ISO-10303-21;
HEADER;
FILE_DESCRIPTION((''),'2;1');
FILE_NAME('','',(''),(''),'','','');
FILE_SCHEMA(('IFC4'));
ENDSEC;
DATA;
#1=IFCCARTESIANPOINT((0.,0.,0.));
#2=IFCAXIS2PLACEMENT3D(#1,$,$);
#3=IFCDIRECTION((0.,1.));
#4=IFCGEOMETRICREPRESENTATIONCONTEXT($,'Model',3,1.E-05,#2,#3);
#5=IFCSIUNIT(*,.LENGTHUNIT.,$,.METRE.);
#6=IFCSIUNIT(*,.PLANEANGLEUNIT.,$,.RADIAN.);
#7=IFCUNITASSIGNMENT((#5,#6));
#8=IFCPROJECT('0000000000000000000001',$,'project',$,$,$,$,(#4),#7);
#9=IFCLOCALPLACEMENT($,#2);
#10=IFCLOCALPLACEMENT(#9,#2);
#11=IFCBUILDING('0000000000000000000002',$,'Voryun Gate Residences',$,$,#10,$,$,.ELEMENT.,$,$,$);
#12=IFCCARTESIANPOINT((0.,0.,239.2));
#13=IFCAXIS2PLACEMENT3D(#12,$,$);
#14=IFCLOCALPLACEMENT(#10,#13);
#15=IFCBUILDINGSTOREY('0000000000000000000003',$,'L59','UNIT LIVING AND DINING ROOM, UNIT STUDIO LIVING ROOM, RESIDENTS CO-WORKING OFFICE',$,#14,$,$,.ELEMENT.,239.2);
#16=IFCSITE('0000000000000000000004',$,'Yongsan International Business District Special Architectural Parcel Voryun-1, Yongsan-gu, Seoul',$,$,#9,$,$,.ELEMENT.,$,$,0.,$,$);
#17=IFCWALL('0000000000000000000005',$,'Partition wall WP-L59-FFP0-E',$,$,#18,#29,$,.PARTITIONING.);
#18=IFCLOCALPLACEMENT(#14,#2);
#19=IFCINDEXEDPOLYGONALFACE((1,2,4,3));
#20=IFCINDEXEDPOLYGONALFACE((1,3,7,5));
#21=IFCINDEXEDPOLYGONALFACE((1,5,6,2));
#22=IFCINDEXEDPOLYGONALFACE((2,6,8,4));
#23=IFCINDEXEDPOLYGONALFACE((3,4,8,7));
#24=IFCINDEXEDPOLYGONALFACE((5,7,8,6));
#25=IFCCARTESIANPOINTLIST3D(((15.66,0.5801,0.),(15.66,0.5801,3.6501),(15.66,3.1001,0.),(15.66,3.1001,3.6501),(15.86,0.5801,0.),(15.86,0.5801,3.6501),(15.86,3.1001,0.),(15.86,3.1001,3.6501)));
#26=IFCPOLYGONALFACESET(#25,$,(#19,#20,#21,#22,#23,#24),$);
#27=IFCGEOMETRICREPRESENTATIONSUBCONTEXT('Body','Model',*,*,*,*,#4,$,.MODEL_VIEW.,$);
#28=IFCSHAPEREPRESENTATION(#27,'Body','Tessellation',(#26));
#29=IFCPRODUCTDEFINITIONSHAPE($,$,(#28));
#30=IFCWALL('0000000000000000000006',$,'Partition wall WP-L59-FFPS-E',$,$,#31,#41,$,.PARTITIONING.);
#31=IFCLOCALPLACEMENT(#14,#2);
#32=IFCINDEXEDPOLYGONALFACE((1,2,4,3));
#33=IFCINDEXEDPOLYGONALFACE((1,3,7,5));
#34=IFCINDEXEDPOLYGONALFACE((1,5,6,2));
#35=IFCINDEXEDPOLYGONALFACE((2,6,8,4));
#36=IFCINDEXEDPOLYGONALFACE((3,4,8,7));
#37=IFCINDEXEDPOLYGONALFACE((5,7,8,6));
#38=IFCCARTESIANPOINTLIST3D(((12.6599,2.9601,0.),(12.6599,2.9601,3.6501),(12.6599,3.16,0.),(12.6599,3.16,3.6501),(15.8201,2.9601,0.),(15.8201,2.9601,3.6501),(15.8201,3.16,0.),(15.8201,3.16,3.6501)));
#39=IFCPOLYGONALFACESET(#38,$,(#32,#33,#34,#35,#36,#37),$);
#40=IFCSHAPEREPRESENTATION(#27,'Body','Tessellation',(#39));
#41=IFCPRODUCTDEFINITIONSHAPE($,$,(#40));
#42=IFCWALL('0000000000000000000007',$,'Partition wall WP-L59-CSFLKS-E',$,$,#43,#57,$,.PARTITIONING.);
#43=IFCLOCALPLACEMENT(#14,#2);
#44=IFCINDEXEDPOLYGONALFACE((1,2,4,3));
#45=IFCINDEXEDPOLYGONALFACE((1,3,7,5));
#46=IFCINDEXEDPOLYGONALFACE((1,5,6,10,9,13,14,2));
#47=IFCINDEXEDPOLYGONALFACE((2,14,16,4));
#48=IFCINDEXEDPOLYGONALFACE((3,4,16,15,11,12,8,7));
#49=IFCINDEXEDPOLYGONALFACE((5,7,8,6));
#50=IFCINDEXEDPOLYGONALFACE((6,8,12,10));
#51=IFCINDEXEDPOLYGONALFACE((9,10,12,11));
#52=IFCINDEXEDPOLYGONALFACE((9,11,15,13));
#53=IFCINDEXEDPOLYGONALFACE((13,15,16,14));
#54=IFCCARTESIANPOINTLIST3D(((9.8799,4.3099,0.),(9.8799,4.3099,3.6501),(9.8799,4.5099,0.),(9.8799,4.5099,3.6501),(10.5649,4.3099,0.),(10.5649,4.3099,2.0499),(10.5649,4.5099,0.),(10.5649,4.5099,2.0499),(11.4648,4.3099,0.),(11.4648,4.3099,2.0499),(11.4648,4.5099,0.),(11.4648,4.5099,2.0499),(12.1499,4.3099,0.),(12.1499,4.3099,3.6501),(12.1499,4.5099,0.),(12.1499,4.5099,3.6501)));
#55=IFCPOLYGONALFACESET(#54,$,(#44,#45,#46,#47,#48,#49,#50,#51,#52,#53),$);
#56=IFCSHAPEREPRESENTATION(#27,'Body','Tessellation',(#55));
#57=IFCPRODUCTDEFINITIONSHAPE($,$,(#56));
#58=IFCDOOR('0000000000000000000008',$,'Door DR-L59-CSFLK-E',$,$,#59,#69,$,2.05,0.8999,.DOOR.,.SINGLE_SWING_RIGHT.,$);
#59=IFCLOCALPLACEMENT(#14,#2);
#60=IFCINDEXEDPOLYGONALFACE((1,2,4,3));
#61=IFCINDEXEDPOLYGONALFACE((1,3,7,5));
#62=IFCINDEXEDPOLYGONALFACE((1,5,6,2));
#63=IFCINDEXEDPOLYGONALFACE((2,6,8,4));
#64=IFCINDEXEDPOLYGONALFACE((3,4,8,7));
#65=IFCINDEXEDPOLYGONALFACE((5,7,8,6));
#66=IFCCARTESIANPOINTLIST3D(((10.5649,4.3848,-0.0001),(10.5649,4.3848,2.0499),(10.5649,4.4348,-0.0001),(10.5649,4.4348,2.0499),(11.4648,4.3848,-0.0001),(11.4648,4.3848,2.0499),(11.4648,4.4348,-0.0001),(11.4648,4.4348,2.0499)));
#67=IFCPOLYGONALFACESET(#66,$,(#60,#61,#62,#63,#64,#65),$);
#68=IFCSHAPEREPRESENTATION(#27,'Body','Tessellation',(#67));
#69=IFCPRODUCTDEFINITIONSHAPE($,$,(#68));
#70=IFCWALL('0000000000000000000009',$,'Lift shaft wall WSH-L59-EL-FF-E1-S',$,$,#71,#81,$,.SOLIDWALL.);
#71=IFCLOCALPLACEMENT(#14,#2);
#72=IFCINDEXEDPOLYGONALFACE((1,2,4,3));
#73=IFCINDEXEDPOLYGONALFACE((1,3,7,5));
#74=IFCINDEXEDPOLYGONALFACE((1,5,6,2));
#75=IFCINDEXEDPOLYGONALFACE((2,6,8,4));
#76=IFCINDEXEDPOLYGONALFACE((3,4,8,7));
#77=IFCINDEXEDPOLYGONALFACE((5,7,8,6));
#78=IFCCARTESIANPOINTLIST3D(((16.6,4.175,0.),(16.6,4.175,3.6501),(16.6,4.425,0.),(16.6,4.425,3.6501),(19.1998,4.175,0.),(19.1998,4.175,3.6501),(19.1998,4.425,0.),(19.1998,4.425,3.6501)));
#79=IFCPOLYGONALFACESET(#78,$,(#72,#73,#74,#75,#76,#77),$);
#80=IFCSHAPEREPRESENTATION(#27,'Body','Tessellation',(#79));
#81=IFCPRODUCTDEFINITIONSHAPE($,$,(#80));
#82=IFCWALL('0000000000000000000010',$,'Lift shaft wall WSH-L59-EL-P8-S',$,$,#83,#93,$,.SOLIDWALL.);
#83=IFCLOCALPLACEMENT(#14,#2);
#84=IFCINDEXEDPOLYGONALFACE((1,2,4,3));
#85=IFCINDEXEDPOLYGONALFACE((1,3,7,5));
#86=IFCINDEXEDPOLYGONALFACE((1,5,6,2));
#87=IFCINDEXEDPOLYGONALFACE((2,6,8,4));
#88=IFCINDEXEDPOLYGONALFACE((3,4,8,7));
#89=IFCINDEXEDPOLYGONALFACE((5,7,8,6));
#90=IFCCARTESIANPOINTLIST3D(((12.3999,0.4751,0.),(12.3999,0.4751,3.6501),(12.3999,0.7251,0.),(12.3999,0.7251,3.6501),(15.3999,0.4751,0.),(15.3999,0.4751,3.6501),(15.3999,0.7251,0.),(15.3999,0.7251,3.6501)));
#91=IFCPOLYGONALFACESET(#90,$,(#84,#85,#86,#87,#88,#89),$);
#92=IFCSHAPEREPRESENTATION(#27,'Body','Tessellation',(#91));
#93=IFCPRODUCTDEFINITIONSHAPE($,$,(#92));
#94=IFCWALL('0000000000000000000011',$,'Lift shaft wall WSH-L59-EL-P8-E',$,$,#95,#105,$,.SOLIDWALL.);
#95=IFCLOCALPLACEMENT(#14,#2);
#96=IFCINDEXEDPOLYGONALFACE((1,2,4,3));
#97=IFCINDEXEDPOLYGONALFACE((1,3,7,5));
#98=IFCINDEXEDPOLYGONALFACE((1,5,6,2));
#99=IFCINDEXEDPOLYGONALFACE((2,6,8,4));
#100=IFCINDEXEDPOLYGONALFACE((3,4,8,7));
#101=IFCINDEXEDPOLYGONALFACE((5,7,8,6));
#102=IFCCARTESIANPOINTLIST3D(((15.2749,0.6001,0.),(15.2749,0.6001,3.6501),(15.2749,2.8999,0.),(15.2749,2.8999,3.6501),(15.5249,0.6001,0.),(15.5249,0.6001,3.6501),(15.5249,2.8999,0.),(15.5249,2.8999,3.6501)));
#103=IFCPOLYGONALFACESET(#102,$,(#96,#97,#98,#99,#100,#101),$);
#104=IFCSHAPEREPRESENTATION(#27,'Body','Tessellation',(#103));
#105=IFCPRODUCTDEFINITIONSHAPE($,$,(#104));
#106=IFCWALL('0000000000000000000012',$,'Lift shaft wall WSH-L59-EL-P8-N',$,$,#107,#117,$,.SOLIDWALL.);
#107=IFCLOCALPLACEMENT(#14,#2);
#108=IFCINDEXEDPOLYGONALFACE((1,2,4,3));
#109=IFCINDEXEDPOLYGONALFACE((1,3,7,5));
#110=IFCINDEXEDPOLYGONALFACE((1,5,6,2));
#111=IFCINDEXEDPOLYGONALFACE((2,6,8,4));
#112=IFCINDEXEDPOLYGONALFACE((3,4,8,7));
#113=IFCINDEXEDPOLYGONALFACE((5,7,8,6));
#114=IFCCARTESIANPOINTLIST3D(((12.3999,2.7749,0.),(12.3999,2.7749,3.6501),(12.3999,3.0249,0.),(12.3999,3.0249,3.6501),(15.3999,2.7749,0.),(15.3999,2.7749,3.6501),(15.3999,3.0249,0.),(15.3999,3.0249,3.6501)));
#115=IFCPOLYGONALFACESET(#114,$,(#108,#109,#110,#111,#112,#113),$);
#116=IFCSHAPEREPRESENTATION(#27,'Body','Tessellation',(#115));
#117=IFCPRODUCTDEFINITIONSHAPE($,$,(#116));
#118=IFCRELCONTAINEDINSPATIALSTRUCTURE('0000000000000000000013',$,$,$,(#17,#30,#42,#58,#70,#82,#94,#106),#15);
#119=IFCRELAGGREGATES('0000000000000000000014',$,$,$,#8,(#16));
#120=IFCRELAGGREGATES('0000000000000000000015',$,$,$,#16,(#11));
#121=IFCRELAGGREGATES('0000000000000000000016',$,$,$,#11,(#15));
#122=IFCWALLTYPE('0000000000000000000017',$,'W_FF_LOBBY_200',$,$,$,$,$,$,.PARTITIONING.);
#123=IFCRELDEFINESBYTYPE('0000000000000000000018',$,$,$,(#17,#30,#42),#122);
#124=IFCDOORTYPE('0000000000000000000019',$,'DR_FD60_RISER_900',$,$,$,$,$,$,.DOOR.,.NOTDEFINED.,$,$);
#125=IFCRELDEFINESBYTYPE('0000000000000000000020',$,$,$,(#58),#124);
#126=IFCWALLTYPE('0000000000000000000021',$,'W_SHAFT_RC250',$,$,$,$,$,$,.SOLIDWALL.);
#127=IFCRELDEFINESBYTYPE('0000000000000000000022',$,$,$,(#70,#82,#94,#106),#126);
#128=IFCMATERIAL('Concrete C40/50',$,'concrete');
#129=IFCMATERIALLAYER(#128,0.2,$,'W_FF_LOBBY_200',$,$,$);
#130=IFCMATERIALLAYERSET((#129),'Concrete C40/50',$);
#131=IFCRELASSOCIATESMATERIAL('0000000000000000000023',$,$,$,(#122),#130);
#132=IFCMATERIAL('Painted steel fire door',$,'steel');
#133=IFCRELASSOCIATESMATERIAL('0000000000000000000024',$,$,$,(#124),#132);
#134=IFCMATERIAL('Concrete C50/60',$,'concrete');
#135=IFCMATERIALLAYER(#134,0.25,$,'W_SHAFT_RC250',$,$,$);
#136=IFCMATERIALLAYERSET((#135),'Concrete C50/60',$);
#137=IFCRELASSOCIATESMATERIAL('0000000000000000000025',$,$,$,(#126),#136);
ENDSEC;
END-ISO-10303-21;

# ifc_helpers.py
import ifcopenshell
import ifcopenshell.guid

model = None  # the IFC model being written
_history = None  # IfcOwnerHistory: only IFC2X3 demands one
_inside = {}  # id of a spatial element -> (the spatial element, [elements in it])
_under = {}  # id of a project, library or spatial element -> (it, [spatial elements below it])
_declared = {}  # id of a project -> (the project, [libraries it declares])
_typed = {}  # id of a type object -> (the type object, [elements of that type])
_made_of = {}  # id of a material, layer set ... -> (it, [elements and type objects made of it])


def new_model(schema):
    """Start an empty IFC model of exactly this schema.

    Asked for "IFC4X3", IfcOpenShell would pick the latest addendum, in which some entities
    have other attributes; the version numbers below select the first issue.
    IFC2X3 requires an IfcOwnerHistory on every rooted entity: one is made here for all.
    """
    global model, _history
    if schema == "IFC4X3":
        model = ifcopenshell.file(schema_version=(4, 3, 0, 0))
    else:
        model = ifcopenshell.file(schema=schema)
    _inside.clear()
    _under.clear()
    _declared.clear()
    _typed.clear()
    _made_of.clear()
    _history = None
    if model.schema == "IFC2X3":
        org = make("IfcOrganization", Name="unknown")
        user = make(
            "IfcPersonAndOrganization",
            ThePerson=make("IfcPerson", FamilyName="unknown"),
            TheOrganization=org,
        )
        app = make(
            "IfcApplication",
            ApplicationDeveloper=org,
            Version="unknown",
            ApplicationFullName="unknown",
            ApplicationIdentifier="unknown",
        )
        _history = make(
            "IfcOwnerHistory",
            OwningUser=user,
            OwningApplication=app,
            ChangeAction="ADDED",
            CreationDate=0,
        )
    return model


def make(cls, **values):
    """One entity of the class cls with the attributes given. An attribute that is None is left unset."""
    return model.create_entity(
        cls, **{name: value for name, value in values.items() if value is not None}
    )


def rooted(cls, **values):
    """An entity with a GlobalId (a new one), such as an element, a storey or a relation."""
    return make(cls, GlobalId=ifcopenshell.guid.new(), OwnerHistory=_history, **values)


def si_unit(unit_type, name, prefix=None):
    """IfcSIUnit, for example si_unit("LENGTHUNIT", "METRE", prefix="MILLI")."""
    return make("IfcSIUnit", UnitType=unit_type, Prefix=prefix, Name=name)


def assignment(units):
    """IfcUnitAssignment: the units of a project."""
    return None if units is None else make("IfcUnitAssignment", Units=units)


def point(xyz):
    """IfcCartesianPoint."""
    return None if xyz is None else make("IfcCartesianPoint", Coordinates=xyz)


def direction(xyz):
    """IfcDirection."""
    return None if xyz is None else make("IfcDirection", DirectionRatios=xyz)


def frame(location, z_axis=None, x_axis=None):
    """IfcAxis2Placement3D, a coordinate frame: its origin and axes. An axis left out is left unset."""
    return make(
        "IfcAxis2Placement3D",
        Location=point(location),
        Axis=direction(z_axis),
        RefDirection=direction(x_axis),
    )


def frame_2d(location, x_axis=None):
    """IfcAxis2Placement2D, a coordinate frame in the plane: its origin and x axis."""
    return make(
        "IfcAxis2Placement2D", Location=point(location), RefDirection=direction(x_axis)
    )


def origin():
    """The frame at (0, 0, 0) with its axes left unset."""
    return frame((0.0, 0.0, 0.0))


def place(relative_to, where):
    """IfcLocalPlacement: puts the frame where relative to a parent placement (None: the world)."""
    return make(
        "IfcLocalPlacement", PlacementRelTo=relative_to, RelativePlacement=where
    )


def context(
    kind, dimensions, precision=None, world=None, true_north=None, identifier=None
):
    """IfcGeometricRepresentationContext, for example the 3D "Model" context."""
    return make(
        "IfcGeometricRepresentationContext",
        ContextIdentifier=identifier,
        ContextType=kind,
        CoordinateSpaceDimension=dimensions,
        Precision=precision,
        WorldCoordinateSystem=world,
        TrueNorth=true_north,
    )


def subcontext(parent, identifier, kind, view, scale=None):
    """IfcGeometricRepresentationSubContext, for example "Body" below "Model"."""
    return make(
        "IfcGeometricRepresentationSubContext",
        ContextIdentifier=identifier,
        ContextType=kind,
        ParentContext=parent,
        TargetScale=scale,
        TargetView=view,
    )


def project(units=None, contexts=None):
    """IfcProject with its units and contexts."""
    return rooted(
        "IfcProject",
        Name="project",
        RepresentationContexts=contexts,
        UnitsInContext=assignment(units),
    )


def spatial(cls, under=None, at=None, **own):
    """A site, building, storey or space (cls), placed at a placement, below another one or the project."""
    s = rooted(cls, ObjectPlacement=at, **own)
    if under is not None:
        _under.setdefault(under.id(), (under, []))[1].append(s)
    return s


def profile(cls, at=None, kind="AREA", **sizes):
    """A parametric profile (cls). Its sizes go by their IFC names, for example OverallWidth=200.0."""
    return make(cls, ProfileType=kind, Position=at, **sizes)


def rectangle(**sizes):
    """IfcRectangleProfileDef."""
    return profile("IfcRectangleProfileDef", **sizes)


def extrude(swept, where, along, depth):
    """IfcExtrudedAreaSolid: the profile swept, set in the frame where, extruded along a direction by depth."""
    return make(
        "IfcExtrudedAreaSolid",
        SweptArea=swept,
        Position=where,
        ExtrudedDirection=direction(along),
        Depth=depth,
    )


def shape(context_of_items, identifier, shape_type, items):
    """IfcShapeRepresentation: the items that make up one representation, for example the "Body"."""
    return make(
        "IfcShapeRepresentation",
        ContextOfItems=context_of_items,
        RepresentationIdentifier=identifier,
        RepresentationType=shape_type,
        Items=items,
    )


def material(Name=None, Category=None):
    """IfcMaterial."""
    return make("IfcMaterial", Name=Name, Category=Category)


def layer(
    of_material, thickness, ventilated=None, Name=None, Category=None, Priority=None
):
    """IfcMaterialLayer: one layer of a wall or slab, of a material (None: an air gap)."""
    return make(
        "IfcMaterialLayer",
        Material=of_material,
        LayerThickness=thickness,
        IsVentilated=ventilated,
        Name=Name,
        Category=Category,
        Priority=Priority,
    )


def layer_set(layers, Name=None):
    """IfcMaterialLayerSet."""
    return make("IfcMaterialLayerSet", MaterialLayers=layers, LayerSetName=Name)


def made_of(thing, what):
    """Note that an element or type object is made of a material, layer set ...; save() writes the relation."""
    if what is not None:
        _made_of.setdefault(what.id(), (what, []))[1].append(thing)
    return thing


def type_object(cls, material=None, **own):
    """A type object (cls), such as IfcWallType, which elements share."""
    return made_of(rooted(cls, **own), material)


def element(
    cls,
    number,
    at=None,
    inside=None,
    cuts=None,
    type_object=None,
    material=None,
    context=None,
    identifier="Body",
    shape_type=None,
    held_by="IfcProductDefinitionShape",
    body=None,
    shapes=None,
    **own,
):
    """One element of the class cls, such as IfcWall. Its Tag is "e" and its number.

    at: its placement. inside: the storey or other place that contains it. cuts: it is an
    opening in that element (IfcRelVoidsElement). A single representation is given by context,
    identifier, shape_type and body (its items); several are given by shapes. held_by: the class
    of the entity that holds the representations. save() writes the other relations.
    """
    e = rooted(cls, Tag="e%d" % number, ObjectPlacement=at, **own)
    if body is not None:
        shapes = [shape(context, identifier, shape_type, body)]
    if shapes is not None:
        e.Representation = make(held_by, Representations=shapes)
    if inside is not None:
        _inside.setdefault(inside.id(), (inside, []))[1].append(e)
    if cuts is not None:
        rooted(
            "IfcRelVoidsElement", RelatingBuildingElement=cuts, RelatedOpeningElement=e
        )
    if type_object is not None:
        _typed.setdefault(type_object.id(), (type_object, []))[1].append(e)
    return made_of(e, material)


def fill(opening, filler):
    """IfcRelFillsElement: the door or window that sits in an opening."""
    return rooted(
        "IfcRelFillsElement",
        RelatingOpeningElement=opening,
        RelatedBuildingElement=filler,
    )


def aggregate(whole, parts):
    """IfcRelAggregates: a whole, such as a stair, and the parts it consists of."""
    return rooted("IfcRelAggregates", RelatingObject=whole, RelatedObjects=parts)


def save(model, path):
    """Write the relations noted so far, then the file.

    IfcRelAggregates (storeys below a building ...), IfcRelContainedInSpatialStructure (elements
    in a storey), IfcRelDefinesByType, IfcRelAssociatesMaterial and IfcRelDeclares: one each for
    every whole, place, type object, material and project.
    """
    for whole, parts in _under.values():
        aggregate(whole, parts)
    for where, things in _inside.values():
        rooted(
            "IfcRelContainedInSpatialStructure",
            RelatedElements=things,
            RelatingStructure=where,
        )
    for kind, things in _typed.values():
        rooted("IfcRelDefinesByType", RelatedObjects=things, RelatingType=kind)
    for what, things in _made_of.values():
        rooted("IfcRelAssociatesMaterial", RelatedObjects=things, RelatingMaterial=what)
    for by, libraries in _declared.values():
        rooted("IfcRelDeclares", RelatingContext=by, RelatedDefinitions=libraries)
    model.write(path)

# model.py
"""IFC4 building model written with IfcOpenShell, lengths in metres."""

from ifc_helpers import new_model, si_unit, direction, frame, frame_2d, origin, place, context, subcontext, project, spatial, rectangle, extrude, material, layer, layer_set, type_object, element, fill, save


model = new_model("IFC4")

# Units and contexts
model_context = context("Model", 3, precision=1e-05, world=origin(), true_north=direction((0.0, 1.0)))
body_context = subcontext(model_context, "Body", "Model", "MODEL_VIEW")
ifc_project = project(units=[si_unit("LENGTHUNIT", "METRE"), si_unit("PLANEANGLEUNIT", "RADIAN")], contexts=[model_context])

# Site, building, storey
site_placement = place(None, origin())
site = spatial("IfcSite", under=ifc_project, at=site_placement, Name="Yongsan International Business District Special Architectural Parcel Voryun-1, Yongsan-gu, Seoul", CompositionType="ELEMENT", RefElevation=0.0)
building_placement = place(site_placement, origin())
building = spatial("IfcBuilding", under=site, at=building_placement, Name="Voryun Gate Residences", CompositionType="ELEMENT")
storey_placement = place(building_placement, frame((0.0, 0.0, 239.2)))
storey = spatial("IfcBuildingStorey", under=building, at=storey_placement, Name="L59", Description="UNIT LIVING AND DINING ROOM, UNIT STUDIO LIVING ROOM, RESIDENTS CO-WORKING OFFICE", CompositionType="ELEMENT", Elevation=239.2)

# Walls
ifc_material_1 = material(Name="Concrete C40/50", Category="concrete")
ifc_layer_1 = layer(ifc_material_1, 0.2, Name="W_FF_LOBBY_200")
ifc_layer_set_1 = layer_set([ifc_layer_1], Name="Concrete C40/50")
wall_type_1 = type_object("IfcWallType", Name="W_FF_LOBBY_200", PredefinedType="PARTITIONING", material=ifc_layer_set_1)
wall_1_placement = place(storey_placement, frame((15.76, 0.5801, 0.0), z_axis=(0.0, 0.0, 1.0), x_axis=(0.0, 1.0, 0.0)))
element("IfcWall", 1, at=wall_1_placement, inside=storey, type_object=wall_type_1, Name="Partition wall WP-L59-FFP0-E", PredefinedType="PARTITIONING", context=body_context, shape_type="SweptSolid", body=[
    extrude(rectangle(XDim=2.52, YDim=0.2, at=frame_2d((1.26, 0.0))), origin(), (0.0, 0.0, 1.0), 3.6501),
])
wall_2_placement = place(storey_placement, frame((12.6599, 3.0601, 0.0), z_axis=(0.0, 0.0, 1.0), x_axis=(1.0, 0.0, 0.0)))
element("IfcWall", 2, at=wall_2_placement, inside=storey, type_object=wall_type_1, Name="Partition wall WP-L59-FFPS-E", PredefinedType="PARTITIONING", context=body_context, shape_type="SweptSolid", body=[
    extrude(rectangle(XDim=3.1602, YDim=0.2, at=frame_2d((1.5801, 0.0))), origin(), (0.0, 0.0, 1.0), 3.6501),
])

# Wall, opening, door
wall_3_placement = place(storey_placement, frame((9.8799, 4.4099, 0.0), z_axis=(0.0, 0.0, 1.0), x_axis=(1.0, 0.0, 0.0)))
wall_3 = element("IfcWall", 3, at=wall_3_placement, inside=storey, type_object=wall_type_1, Name="Partition wall WP-L59-CSFLKS-E", PredefinedType="PARTITIONING", context=body_context, shape_type="SweptSolid", body=[
    extrude(rectangle(XDim=2.27, YDim=0.2, at=frame_2d((1.135, 0.0))), origin(), (0.0, 0.0, 1.0), 3.6501),
])
opening_1_placement = place(wall_3_placement, frame((0.6851, 0.0, 0.0)))
opening_1 = element("IfcOpeningElement", 4, at=opening_1_placement, cuts=wall_3, PredefinedType="OPENING", context=body_context, shape_type="SweptSolid", body=[
    extrude(rectangle(XDim=0.8999, YDim=2.05, at=frame_2d((0.45, 1.0249))), frame((0.0, 0.1101, 0.0), z_axis=(0.0, -1.0, 0.0), x_axis=(1.0, 0.0, 0.0)), (0.0, 0.0, 1.0), 0.22),
])
ifc_material_2 = material(Name="Painted steel fire door", Category="steel")
door_type_1 = type_object("IfcDoorType", Name="DR_FD60_RISER_900", OperationType="NOTDEFINED", PredefinedType="DOOR", material=ifc_material_2)
door_1_placement = place(opening_1_placement, origin())
door_1 = element("IfcDoor", 5, at=door_1_placement, inside=storey, type_object=door_type_1, Name="Door DR-L59-CSFLK-E", OperationType="SINGLE_SWING_RIGHT", OverallHeight=2.05, OverallWidth=0.8999, PredefinedType="DOOR", context=body_context, shape_type="SweptSolid", body=[
    extrude(rectangle(XDim=0.8999, YDim=2.05, at=frame_2d((0.45, 1.0249))), frame((0.0, 0.0249, 0.0), z_axis=(0.0, -1.0, 0.0), x_axis=(1.0, 0.0, 0.0)), (0.0, 0.0, 1.0), 0.05),
])
fill(opening_1, door_1)

# Walls
ifc_material_3 = material(Name="Concrete C50/60", Category="concrete")
ifc_layer_2 = layer(ifc_material_3, 0.25, Name="W_SHAFT_RC250")
ifc_layer_set_2 = layer_set([ifc_layer_2], Name="Concrete C50/60")
wall_type_2 = type_object("IfcWallType", Name="W_SHAFT_RC250", PredefinedType="SOLIDWALL", material=ifc_layer_set_2)
wall_4_placement = place(storey_placement, frame((16.6001, 4.3, 0.0), z_axis=(0.0, 0.0, 1.0), x_axis=(1.0, 0.0, 0.0)))
element("IfcWall", 6, at=wall_4_placement, inside=storey, type_object=wall_type_2, Name="Lift shaft wall WSH-L59-EL-FF-E1-S", PredefinedType="SOLIDWALL", context=body_context, shape_type="SweptSolid", body=[
    extrude(rectangle(XDim=2.5999, YDim=0.25, at=frame_2d((1.2998, 0.0))), origin(), (0.0, 0.0, 1.0), 3.6501),
])
wall_5_placement = place(storey_placement, frame((12.3999, 0.6001, 0.0), z_axis=(0.0, 0.0, 1.0), x_axis=(1.0, 0.0, 0.0)))
element("IfcWall", 7, at=wall_5_placement, inside=storey, type_object=wall_type_2, Name="Lift shaft wall WSH-L59-EL-P8-S", PredefinedType="SOLIDWALL", context=body_context, shape_type="SweptSolid", body=[
    extrude(rectangle(XDim=3.0, YDim=0.25, at=frame_2d((1.5, 0.0))), origin(), (0.0, 0.0, 1.0), 3.6501),
])
wall_6_placement = place(storey_placement, frame((15.3999, 0.6001, 0.0), z_axis=(0.0, 0.0, 1.0), x_axis=(0.0, 1.0, 0.0)))
element("IfcWall", 8, at=wall_6_placement, inside=storey, type_object=wall_type_2, Name="Lift shaft wall WSH-L59-EL-P8-E", PredefinedType="SOLIDWALL", context=body_context, shape_type="SweptSolid", body=[
    extrude(rectangle(XDim=2.2998, YDim=0.25, at=frame_2d((1.1499, 0.0))), origin(), (0.0, 0.0, 1.0), 3.6501),
])
wall_7_placement = place(storey_placement, frame((15.3999, 2.8999, 0.0), z_axis=(0.0, 0.0, 1.0), x_axis=(-1.0, 0.0, 0.0)))
element("IfcWall", 9, at=wall_7_placement, inside=storey, type_object=wall_type_2, Name="Lift shaft wall WSH-L59-EL-P8-N", PredefinedType="SOLIDWALL", context=body_context, shape_type="SweptSolid", body=[
    extrude(rectangle(XDim=3.0, YDim=0.25, at=frame_2d((1.5, 0.0))), origin(), (0.0, 0.0, 1.0), 3.6501),
])

save(model, "model.ifc")
